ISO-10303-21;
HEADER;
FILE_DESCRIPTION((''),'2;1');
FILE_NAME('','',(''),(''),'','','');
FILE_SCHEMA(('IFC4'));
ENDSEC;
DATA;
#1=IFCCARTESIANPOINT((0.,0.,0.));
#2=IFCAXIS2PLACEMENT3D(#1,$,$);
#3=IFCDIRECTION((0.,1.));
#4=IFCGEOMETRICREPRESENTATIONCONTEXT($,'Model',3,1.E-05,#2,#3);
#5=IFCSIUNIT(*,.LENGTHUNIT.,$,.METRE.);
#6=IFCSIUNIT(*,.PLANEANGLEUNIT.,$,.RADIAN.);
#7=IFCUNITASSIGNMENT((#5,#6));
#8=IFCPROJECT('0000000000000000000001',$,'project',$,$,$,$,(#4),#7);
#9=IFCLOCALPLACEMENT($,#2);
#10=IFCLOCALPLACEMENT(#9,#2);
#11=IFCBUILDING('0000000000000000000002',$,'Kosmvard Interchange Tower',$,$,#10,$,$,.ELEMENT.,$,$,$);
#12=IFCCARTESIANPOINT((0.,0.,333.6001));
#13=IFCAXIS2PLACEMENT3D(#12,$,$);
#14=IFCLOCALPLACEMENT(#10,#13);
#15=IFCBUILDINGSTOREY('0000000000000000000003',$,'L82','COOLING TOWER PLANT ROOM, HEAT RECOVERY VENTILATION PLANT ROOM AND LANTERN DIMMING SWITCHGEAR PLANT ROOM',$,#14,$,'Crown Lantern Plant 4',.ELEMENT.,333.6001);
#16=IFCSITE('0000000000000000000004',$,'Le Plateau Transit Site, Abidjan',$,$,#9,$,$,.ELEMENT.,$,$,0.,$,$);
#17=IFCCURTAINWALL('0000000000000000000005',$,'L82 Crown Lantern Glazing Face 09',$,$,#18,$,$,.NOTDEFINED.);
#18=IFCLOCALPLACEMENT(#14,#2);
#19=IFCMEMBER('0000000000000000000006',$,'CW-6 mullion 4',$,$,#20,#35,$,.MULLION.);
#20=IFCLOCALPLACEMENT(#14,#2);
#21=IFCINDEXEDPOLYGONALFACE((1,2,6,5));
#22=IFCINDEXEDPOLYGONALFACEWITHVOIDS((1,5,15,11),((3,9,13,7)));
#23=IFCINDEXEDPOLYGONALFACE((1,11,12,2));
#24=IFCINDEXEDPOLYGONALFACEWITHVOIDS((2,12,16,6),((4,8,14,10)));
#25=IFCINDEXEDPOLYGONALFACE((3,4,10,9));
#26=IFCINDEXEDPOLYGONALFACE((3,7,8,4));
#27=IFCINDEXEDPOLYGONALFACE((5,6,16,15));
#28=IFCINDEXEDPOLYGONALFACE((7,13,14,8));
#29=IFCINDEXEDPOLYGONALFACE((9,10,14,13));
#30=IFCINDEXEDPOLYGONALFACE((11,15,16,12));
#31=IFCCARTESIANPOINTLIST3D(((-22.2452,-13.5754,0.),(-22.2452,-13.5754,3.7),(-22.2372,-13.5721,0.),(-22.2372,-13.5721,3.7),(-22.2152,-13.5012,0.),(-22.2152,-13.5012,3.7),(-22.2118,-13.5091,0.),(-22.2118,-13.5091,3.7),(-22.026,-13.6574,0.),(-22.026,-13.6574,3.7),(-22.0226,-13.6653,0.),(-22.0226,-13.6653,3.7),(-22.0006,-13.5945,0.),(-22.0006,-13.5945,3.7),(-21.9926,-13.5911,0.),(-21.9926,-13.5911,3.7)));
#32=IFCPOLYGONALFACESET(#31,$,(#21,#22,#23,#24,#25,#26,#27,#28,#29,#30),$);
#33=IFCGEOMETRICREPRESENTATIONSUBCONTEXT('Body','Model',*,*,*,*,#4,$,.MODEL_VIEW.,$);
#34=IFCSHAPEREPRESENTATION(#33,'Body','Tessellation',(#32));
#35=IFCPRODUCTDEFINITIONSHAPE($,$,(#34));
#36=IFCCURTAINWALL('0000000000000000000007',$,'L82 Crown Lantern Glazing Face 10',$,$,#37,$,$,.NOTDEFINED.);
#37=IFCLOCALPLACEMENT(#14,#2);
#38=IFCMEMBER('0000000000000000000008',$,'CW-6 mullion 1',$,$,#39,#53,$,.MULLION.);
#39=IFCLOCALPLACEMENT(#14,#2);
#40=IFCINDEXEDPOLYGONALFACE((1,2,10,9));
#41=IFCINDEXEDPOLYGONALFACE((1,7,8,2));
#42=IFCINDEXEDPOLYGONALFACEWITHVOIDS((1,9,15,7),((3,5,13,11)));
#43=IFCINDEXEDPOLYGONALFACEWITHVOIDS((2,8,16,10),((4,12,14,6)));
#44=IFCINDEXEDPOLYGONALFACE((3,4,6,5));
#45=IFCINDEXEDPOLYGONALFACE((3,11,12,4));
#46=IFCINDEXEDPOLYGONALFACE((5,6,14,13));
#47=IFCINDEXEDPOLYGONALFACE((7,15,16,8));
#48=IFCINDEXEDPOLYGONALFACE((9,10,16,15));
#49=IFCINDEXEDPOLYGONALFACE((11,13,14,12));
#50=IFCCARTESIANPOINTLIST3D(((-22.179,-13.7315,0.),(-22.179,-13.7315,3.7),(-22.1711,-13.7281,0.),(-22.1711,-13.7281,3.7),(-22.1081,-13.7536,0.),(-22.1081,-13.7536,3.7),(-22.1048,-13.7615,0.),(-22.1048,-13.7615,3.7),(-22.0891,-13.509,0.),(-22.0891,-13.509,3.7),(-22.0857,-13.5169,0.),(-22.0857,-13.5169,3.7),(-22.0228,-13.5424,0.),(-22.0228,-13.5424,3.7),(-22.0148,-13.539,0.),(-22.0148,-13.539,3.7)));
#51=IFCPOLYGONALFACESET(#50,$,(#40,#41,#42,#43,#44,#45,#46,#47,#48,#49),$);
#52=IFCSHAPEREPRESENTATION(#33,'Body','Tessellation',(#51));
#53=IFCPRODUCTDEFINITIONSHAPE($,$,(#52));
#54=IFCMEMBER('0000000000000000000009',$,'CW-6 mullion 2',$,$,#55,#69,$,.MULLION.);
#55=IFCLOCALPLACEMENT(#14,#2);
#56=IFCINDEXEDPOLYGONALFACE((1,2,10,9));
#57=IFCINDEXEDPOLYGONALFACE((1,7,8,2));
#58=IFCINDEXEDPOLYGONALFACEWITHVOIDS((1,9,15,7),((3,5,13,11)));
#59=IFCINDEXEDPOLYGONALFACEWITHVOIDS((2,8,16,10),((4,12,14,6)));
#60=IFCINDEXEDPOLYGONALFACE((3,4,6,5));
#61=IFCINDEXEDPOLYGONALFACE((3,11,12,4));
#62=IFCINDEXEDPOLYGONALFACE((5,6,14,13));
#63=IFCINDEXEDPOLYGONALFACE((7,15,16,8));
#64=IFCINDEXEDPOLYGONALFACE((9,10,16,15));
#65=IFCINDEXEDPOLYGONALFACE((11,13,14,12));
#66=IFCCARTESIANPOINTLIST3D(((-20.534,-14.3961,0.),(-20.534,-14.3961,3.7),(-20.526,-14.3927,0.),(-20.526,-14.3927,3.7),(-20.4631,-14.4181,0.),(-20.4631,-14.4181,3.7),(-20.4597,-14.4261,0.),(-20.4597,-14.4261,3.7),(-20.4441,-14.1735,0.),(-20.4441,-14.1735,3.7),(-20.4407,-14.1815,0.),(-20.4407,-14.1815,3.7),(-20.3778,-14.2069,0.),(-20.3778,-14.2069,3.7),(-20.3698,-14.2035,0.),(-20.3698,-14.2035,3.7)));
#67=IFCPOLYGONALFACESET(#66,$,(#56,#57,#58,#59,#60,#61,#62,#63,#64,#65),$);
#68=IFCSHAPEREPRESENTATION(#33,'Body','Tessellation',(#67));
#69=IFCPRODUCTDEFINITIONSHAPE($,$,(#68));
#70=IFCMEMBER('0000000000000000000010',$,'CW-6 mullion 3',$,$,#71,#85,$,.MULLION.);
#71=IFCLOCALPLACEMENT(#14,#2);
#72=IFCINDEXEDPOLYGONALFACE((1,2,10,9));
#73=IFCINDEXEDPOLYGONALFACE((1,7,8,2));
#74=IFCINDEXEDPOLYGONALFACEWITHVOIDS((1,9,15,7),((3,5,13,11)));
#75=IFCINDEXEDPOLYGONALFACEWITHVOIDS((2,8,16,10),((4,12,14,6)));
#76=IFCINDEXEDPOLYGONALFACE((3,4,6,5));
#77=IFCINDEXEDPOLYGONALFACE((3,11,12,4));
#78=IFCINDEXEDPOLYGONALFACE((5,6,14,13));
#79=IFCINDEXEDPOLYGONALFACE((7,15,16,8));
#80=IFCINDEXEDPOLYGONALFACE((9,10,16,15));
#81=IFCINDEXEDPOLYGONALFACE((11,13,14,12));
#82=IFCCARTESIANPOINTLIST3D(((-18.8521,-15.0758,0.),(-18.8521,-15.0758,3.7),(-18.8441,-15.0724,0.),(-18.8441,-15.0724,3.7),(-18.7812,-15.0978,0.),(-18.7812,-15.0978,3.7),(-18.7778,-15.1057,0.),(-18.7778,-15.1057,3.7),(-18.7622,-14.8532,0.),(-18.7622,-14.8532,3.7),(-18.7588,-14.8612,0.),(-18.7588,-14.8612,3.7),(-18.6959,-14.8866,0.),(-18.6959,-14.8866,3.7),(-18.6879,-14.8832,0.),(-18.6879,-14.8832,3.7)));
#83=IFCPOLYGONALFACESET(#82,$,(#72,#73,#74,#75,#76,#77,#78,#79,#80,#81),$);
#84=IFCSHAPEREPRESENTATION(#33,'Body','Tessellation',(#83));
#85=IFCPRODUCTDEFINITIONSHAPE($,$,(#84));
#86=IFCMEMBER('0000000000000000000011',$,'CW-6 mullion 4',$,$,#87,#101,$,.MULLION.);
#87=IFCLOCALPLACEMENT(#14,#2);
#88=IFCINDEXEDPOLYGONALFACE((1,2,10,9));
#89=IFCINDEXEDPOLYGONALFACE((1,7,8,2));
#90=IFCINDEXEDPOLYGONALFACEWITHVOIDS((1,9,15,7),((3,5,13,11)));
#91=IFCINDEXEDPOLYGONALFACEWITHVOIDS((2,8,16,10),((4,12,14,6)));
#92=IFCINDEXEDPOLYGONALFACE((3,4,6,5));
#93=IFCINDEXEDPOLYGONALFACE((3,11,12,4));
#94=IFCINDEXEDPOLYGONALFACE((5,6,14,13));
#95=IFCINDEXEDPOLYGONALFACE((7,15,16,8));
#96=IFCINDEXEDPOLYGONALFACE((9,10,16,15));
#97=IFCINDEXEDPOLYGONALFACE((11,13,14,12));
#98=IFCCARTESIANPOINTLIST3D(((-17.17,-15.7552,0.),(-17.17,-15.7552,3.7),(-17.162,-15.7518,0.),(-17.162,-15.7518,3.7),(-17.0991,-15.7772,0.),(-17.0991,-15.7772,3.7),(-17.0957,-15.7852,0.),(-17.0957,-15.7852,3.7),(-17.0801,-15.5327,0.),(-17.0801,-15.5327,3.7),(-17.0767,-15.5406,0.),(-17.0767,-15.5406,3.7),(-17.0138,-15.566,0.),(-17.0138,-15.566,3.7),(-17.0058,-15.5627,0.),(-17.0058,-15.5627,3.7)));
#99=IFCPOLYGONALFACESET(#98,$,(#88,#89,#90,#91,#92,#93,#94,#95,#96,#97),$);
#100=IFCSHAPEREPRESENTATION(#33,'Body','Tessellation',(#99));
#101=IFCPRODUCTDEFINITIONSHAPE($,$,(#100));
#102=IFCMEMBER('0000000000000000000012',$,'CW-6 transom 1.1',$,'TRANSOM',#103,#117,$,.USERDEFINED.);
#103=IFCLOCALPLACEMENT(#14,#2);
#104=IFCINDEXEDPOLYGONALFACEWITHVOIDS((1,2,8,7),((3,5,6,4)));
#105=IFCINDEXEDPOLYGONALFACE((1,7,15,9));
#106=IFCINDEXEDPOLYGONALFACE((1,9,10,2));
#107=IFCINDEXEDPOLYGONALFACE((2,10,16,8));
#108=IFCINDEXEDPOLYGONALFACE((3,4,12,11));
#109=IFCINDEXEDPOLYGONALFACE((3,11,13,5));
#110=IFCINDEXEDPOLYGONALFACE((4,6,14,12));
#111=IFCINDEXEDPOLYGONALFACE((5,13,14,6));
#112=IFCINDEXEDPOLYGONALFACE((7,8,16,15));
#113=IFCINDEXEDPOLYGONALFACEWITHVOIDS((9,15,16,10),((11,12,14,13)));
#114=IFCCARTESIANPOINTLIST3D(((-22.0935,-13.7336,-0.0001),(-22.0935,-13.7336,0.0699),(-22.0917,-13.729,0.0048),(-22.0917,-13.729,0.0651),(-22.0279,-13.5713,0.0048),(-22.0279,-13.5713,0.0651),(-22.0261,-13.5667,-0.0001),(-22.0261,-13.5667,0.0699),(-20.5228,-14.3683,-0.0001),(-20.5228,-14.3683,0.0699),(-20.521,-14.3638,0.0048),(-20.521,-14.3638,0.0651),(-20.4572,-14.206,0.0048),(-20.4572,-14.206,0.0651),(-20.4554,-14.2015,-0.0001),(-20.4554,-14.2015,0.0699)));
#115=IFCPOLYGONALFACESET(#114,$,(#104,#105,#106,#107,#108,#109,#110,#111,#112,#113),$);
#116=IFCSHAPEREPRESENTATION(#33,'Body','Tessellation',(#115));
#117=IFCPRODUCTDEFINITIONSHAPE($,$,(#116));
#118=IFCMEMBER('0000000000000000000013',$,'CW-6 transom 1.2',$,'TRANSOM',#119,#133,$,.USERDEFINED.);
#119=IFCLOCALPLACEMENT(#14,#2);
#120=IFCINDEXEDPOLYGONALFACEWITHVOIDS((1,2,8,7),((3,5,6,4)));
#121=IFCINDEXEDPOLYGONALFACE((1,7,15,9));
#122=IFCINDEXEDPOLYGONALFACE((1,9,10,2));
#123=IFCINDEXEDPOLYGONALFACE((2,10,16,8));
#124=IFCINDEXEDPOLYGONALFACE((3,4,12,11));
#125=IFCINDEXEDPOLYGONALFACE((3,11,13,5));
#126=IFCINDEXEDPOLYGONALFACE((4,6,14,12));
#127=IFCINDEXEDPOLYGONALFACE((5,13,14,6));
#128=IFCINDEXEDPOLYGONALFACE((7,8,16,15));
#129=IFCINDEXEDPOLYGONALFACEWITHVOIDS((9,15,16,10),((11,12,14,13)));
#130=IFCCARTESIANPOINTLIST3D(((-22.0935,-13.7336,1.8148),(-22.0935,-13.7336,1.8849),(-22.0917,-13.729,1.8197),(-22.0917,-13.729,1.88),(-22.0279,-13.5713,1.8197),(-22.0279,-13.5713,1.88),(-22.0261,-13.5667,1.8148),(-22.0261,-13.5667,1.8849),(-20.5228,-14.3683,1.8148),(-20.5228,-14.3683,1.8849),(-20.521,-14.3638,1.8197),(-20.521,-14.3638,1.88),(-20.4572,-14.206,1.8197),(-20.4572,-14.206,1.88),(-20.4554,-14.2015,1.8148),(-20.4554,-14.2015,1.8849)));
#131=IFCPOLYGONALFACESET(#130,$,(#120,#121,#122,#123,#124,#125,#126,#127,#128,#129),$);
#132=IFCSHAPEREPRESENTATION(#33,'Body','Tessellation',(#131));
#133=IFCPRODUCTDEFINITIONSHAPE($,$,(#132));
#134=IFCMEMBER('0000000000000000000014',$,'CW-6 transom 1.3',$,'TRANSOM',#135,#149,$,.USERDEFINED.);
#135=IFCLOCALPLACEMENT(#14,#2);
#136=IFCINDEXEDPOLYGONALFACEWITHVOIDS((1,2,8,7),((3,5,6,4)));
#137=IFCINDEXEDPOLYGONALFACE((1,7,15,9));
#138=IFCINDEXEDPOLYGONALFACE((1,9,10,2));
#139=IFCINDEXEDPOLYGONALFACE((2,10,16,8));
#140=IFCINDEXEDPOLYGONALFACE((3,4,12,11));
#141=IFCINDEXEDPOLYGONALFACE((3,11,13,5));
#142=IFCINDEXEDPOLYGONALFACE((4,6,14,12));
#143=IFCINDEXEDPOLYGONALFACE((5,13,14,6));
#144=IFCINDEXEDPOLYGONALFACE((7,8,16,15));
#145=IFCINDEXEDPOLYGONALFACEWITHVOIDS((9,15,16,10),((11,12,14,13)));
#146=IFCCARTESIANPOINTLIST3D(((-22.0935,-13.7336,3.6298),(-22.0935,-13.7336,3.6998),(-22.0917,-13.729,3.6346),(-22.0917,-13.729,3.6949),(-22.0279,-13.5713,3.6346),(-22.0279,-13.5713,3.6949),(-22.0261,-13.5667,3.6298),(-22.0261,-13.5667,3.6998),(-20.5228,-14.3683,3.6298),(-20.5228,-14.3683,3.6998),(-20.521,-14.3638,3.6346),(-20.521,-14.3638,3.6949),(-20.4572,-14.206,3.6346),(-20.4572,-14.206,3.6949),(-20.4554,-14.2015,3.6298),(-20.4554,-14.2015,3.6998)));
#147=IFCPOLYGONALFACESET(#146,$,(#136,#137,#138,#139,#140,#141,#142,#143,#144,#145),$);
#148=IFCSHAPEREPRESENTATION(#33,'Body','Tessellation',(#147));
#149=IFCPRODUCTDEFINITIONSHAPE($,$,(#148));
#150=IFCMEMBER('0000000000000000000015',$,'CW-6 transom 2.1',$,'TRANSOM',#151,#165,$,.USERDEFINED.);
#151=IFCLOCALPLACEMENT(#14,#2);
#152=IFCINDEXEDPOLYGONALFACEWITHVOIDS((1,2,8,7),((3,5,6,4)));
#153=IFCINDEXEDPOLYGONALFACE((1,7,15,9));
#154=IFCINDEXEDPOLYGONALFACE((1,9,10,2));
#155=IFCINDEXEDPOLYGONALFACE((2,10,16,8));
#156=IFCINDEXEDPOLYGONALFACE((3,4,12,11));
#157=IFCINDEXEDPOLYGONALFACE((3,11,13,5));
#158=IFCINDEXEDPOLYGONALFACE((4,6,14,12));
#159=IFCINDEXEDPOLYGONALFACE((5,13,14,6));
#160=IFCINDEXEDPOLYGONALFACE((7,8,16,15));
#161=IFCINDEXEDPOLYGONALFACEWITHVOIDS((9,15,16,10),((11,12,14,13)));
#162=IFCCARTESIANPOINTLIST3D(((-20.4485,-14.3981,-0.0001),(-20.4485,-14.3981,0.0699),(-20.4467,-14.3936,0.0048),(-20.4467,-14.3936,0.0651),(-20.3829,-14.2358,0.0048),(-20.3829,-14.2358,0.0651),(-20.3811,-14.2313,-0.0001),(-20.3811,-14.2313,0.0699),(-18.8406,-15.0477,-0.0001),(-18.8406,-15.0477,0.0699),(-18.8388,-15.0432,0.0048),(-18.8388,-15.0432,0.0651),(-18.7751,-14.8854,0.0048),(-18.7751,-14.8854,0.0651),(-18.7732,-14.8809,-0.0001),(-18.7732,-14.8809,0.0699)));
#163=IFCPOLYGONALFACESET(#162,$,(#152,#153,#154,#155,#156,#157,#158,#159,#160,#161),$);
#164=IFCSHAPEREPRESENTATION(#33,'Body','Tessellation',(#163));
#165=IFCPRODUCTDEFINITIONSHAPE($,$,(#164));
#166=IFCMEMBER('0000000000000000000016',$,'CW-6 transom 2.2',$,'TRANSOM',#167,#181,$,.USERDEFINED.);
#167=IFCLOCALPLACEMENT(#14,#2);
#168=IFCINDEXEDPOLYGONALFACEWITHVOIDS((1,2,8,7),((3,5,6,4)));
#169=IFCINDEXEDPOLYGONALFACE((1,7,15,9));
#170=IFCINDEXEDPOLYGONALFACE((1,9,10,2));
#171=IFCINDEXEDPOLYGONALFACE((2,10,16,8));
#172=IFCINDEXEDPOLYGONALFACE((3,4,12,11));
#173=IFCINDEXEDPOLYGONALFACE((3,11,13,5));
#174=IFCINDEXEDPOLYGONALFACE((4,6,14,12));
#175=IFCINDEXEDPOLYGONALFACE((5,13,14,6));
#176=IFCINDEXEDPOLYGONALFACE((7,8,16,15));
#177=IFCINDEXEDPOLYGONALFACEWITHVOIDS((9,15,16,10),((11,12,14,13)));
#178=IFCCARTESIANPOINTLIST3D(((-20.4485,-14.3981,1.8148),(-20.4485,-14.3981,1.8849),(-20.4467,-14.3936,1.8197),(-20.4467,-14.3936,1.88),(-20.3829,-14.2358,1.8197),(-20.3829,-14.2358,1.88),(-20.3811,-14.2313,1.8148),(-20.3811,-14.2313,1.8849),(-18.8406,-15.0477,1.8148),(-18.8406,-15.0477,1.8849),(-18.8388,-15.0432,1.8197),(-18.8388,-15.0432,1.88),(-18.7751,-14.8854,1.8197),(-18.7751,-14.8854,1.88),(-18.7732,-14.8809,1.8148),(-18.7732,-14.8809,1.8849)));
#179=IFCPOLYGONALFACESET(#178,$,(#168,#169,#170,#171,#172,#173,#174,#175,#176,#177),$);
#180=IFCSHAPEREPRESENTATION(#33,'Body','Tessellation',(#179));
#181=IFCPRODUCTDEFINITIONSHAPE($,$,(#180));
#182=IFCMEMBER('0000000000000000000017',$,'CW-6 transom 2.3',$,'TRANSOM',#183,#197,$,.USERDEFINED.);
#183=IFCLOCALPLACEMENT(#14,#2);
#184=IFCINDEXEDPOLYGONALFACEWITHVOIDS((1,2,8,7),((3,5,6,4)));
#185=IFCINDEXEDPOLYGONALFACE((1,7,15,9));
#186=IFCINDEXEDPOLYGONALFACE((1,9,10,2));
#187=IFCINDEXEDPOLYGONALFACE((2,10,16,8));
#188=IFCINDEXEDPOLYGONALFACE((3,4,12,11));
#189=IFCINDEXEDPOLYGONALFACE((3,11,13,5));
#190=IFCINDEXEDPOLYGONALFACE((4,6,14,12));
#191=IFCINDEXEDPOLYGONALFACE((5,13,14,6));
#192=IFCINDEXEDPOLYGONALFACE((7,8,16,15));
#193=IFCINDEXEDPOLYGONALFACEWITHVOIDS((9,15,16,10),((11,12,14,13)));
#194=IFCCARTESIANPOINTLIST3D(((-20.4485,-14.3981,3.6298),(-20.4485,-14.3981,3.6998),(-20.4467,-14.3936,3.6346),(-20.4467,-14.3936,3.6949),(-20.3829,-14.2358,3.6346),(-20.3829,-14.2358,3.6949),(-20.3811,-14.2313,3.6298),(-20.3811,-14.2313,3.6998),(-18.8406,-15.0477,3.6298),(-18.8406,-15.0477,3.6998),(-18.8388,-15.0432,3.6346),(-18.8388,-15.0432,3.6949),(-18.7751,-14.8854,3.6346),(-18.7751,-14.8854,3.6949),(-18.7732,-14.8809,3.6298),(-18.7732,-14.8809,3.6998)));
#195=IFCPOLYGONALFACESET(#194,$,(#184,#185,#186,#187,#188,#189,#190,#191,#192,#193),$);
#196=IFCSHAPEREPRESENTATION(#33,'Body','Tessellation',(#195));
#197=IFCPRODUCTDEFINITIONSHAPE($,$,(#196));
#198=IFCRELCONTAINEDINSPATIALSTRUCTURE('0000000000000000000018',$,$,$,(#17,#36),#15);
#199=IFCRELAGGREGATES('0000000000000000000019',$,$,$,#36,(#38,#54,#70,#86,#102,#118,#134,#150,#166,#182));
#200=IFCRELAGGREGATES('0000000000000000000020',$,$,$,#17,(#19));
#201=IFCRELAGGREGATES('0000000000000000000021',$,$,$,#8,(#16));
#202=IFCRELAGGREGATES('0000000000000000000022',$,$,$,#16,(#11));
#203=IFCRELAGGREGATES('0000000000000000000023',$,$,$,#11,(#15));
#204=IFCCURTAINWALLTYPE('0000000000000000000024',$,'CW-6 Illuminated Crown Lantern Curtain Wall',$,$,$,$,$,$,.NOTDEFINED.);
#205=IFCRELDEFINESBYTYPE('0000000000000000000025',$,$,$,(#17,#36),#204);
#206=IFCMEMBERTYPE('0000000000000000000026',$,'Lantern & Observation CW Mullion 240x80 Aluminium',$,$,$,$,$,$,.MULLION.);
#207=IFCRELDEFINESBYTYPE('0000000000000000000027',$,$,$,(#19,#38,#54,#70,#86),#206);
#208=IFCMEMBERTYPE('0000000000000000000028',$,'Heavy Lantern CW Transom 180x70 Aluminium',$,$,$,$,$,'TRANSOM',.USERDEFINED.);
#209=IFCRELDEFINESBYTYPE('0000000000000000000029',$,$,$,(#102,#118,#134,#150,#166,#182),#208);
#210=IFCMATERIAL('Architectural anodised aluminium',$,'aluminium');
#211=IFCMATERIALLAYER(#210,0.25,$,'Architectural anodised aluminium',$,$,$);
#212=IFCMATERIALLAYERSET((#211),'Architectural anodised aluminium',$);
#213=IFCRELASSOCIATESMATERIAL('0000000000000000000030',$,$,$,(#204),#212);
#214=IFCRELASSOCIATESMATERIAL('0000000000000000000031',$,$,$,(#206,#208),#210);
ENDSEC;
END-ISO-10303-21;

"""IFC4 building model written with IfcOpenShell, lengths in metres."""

from ifc_helpers import new_model, si_unit, direction, frame, origin, origin_2d, place, context, subcontext, project, spatial, hollow_rectangle, extrude, source, transform, mapped, material, layer, layer_set, material_profile, profile_set, type_object, element, aggregate, save


model = new_model("IFC4")

# Units and contexts
model_context = context("Model", 3, precision=1e-05, world=origin(), true_north=direction((0.0, 1.0)))
body_context = subcontext(model_context, "Body", "Model", "MODEL_VIEW")
ifc_project = project(units=[si_unit("LENGTHUNIT", "METRE"), si_unit("PLANEANGLEUNIT", "RADIAN")], contexts=[model_context])

# Site, building, storey
site_placement = place(None, origin())
site = spatial("IfcSite", under=ifc_project, at=site_placement, Name="Le Plateau Transit Site, Abidjan", CompositionType="ELEMENT", RefElevation=0.0)
building_placement = place(site_placement, origin())
building = spatial("IfcBuilding", under=site, at=building_placement, Name="Kosmvard Interchange Tower", CompositionType="ELEMENT")
storey_placement = place(building_placement, frame((0.0, 0.0, 333.6001)))
storey = spatial("IfcBuildingStorey", under=building, at=storey_placement, Name="L82", Description="COOLING TOWER PLANT ROOM, HEAT RECOVERY VENTILATION PLANT ROOM AND LANTERN DIMMING SWITCHGEAR PLANT ROOM", LongName="Crown Lantern Plant 4", CompositionType="ELEMENT", Elevation=333.6001)

# Curtain wall, member
ifc_material_1 = material(Name="Architectural anodised aluminium", Category="aluminium")
ifc_layer_1 = layer(ifc_material_1, 0.25, Name="Architectural anodised aluminium")
ifc_layer_set_1 = layer_set([ifc_layer_1], Name="Architectural anodised aluminium")
curtain_wall_type = type_object("IfcCurtainWallType", Name="CW-6 Illuminated Crown Lantern Curtain Wall", PredefinedType="NOTDEFINED", material=ifc_layer_set_1)
curtain_wall_1_placement = place(storey_placement, origin())
curtain_wall_1 = element("IfcCurtainWall", 1, at=curtain_wall_1_placement, inside=storey, type_object=curtain_wall_type, Name="L82 Crown Lantern Glazing Face 09", PredefinedType="NOTDEFINED")
ifc_material_profile_1 = material_profile(ifc_material_1, hollow_rectangle(XDim=0.24, YDim=0.0801, WallThickness=0.0061, at=origin_2d()), Name="CWM 240x80x6")
ifc_profile_set_1 = profile_set([ifc_material_profile_1], Name="Architectural anodised aluminium")
member_type_1 = type_object("IfcMemberType", Name="Lantern & Observation CW Mullion 240x80 Aluminium", PredefinedType="MULLION", material=ifc_profile_set_1)
shared_shape_1 = source(origin(), body_context, "Body", "SweptSolid", [
    extrude(hollow_rectangle(XDim=0.24, YDim=0.0801, WallThickness=0.0061, at=origin_2d()), origin(), (0.0, 0.0, 1.0), 3.7),
])
member_1_placement = place(storey_placement, frame((-22.1189, -13.5833, 0.0), z_axis=(0.0, 0.0, 1.0), x_axis=(0.927184, -0.374607, 0.0)))
member_1 = element("IfcMember", 2, at=member_1_placement, type_object=member_type_1, Name="CW-6 mullion 4", PredefinedType="MULLION", context=body_context, shape_type="MappedRepresentation", body=[
    mapped(shared_shape_1, transform((0.0, 0.0, 0.0), scale=1.0)),
])

# Curtain wall, members
curtain_wall_2_placement = place(storey_placement, origin())
curtain_wall_2 = element("IfcCurtainWall", 3, at=curtain_wall_2_placement, inside=storey, type_object=curtain_wall_type, Name="L82 Crown Lantern Glazing Face 10", PredefinedType="NOTDEFINED")
member_2_placement = place(storey_placement, frame((-22.0969, -13.6353, 0.0), z_axis=(0.0, 0.0, 1.0), x_axis=(0.374607, 0.927184, 0.0)))
member_2 = element("IfcMember", 4, at=member_2_placement, type_object=member_type_1, Name="CW-6 mullion 1", PredefinedType="MULLION", context=body_context, shape_type="MappedRepresentation", body=[
    mapped(shared_shape_1, transform((0.0, 0.0, 0.0), scale=1.0)),
])
member_3_placement = place(storey_placement, frame((-20.4519, -14.2998, 0.0), z_axis=(0.0, 0.0, 1.0), x_axis=(0.374607, 0.927184, 0.0)))
member_3 = element("IfcMember", 5, at=member_3_placement, type_object=member_type_1, Name="CW-6 mullion 2", PredefinedType="MULLION", context=body_context, shape_type="MappedRepresentation", body=[
    mapped(shared_shape_1, transform((0.0, 0.0, 0.0), scale=1.0)),
])
member_4_placement = place(storey_placement, frame((-18.77, -14.9795, 0.0), z_axis=(0.0, 0.0, 1.0), x_axis=(0.374607, 0.927184, 0.0)))
member_4 = element("IfcMember", 6, at=member_4_placement, type_object=member_type_1, Name="CW-6 mullion 3", PredefinedType="MULLION", context=body_context, shape_type="MappedRepresentation", body=[
    mapped(shared_shape_1, transform((0.0, 0.0, 0.0), scale=1.0)),
])
member_5_placement = place(storey_placement, frame((-17.0879, -15.6589, 0.0), z_axis=(0.0, 0.0, 1.0), x_axis=(0.374607, 0.927184, 0.0)))
member_5 = element("IfcMember", 7, at=member_5_placement, type_object=member_type_1, Name="CW-6 mullion 4", PredefinedType="MULLION", context=body_context, shape_type="MappedRepresentation", body=[
    mapped(shared_shape_1, transform((0.0, 0.0, 0.0), scale=1.0)),
])
ifc_material_profile_2 = material_profile(ifc_material_1, hollow_rectangle(XDim=0.1799, YDim=0.0701, WallThickness=0.0049, at=origin_2d()), Name="CWT 180x70x5")
ifc_profile_set_2 = profile_set([ifc_material_profile_2], Name="Architectural anodised aluminium")
member_type_2 = type_object("IfcMemberType", Name="Heavy Lantern CW Transom 180x70 Aluminium", ElementType="TRANSOM", PredefinedType="USERDEFINED", material=ifc_profile_set_2)
shared_shape_2 = source(origin(), body_context, "Body", "SweptSolid", [
    extrude(hollow_rectangle(XDim=0.1799, YDim=0.0701, WallThickness=0.0049, at=origin_2d()), origin(), (0.0, 0.0, 1.0), 1.6941),
])
member_6_placement = place(storey_placement, frame((-22.0598, -13.6501, 0.0349), z_axis=(0.927159, -0.374668, 0.0), x_axis=(0.374668, 0.927159, 0.0)))
member_6 = element("IfcMember", 8, at=member_6_placement, type_object=member_type_2, Name="CW-6 transom 1.1", ObjectType="TRANSOM", PredefinedType="USERDEFINED", context=body_context, shape_type="MappedRepresentation", body=[
    mapped(shared_shape_2, transform((0.0, 0.0, 0.0), scale=1.0)),
])
member_7_placement = place(storey_placement, frame((-22.0598, -13.6501, 1.8499), z_axis=(0.927159, -0.374668, 0.0), x_axis=(0.374668, 0.927159, 0.0)))
member_7 = element("IfcMember", 9, at=member_7_placement, type_object=member_type_2, Name="CW-6 transom 1.2", ObjectType="TRANSOM", PredefinedType="USERDEFINED", context=body_context, shape_type="MappedRepresentation", body=[
    mapped(shared_shape_2, transform((0.0, 0.0, 0.0), scale=1.0)),
])
member_8_placement = place(storey_placement, frame((-22.0598, -13.6501, 3.6648), z_axis=(0.927159, -0.374668, 0.0), x_axis=(0.374668, 0.927159, 0.0)))
member_8 = element("IfcMember", 10, at=member_8_placement, type_object=member_type_2, Name="CW-6 transom 1.3", ObjectType="TRANSOM", PredefinedType="USERDEFINED", context=body_context, shape_type="MappedRepresentation", body=[
    mapped(shared_shape_2, transform((0.0, 0.0, 0.0), scale=1.0)),
])
shared_shape_3 = source(origin(), body_context, "Body", "SweptSolid", [
    extrude(hollow_rectangle(XDim=0.1799, YDim=0.0701, WallThickness=0.0049, at=origin_2d()), origin(), (0.0, 0.0, 1.0), 1.7341),
])
member_9_placement = place(storey_placement, frame((-20.4148, -14.3147, 0.0349), z_axis=(0.92718, -0.374617, 0.0), x_axis=(0.374617, 0.92718, 0.0)))
member_9 = element("IfcMember", 11, at=member_9_placement, type_object=member_type_2, Name="CW-6 transom 2.1", ObjectType="TRANSOM", PredefinedType="USERDEFINED", context=body_context, shape_type="MappedRepresentation", body=[
    mapped(shared_shape_3, transform((0.0, 0.0, 0.0), scale=1.0)),
])
member_10_placement = place(storey_placement, frame((-20.4148, -14.3147, 1.8499), z_axis=(0.92718, -0.374617, 0.0), x_axis=(0.374617, 0.92718, 0.0)))
member_10 = element("IfcMember", 12, at=member_10_placement, type_object=member_type_2, Name="CW-6 transom 2.2", ObjectType="TRANSOM", PredefinedType="USERDEFINED", context=body_context, shape_type="MappedRepresentation", body=[
    mapped(shared_shape_3, transform((0.0, 0.0, 0.0), scale=1.0)),
])
member_11_placement = place(storey_placement, frame((-20.4148, -14.3147, 3.6648), z_axis=(0.92718, -0.374617, 0.0), x_axis=(0.374617, 0.92718, 0.0)))
member_11 = element("IfcMember", 13, at=member_11_placement, type_object=member_type_2, Name="CW-6 transom 2.3", ObjectType="TRANSOM", PredefinedType="USERDEFINED", context=body_context, shape_type="MappedRepresentation", body=[
    mapped(shared_shape_3, transform((0.0, 0.0, 0.0), scale=1.0)),
])
aggregate(curtain_wall_2, [member_2, member_3, member_4, member_5, member_6, member_7, member_8, member_9, member_10, member_11])

aggregate(curtain_wall_1, [member_1])

save(model, "model.ifc")
